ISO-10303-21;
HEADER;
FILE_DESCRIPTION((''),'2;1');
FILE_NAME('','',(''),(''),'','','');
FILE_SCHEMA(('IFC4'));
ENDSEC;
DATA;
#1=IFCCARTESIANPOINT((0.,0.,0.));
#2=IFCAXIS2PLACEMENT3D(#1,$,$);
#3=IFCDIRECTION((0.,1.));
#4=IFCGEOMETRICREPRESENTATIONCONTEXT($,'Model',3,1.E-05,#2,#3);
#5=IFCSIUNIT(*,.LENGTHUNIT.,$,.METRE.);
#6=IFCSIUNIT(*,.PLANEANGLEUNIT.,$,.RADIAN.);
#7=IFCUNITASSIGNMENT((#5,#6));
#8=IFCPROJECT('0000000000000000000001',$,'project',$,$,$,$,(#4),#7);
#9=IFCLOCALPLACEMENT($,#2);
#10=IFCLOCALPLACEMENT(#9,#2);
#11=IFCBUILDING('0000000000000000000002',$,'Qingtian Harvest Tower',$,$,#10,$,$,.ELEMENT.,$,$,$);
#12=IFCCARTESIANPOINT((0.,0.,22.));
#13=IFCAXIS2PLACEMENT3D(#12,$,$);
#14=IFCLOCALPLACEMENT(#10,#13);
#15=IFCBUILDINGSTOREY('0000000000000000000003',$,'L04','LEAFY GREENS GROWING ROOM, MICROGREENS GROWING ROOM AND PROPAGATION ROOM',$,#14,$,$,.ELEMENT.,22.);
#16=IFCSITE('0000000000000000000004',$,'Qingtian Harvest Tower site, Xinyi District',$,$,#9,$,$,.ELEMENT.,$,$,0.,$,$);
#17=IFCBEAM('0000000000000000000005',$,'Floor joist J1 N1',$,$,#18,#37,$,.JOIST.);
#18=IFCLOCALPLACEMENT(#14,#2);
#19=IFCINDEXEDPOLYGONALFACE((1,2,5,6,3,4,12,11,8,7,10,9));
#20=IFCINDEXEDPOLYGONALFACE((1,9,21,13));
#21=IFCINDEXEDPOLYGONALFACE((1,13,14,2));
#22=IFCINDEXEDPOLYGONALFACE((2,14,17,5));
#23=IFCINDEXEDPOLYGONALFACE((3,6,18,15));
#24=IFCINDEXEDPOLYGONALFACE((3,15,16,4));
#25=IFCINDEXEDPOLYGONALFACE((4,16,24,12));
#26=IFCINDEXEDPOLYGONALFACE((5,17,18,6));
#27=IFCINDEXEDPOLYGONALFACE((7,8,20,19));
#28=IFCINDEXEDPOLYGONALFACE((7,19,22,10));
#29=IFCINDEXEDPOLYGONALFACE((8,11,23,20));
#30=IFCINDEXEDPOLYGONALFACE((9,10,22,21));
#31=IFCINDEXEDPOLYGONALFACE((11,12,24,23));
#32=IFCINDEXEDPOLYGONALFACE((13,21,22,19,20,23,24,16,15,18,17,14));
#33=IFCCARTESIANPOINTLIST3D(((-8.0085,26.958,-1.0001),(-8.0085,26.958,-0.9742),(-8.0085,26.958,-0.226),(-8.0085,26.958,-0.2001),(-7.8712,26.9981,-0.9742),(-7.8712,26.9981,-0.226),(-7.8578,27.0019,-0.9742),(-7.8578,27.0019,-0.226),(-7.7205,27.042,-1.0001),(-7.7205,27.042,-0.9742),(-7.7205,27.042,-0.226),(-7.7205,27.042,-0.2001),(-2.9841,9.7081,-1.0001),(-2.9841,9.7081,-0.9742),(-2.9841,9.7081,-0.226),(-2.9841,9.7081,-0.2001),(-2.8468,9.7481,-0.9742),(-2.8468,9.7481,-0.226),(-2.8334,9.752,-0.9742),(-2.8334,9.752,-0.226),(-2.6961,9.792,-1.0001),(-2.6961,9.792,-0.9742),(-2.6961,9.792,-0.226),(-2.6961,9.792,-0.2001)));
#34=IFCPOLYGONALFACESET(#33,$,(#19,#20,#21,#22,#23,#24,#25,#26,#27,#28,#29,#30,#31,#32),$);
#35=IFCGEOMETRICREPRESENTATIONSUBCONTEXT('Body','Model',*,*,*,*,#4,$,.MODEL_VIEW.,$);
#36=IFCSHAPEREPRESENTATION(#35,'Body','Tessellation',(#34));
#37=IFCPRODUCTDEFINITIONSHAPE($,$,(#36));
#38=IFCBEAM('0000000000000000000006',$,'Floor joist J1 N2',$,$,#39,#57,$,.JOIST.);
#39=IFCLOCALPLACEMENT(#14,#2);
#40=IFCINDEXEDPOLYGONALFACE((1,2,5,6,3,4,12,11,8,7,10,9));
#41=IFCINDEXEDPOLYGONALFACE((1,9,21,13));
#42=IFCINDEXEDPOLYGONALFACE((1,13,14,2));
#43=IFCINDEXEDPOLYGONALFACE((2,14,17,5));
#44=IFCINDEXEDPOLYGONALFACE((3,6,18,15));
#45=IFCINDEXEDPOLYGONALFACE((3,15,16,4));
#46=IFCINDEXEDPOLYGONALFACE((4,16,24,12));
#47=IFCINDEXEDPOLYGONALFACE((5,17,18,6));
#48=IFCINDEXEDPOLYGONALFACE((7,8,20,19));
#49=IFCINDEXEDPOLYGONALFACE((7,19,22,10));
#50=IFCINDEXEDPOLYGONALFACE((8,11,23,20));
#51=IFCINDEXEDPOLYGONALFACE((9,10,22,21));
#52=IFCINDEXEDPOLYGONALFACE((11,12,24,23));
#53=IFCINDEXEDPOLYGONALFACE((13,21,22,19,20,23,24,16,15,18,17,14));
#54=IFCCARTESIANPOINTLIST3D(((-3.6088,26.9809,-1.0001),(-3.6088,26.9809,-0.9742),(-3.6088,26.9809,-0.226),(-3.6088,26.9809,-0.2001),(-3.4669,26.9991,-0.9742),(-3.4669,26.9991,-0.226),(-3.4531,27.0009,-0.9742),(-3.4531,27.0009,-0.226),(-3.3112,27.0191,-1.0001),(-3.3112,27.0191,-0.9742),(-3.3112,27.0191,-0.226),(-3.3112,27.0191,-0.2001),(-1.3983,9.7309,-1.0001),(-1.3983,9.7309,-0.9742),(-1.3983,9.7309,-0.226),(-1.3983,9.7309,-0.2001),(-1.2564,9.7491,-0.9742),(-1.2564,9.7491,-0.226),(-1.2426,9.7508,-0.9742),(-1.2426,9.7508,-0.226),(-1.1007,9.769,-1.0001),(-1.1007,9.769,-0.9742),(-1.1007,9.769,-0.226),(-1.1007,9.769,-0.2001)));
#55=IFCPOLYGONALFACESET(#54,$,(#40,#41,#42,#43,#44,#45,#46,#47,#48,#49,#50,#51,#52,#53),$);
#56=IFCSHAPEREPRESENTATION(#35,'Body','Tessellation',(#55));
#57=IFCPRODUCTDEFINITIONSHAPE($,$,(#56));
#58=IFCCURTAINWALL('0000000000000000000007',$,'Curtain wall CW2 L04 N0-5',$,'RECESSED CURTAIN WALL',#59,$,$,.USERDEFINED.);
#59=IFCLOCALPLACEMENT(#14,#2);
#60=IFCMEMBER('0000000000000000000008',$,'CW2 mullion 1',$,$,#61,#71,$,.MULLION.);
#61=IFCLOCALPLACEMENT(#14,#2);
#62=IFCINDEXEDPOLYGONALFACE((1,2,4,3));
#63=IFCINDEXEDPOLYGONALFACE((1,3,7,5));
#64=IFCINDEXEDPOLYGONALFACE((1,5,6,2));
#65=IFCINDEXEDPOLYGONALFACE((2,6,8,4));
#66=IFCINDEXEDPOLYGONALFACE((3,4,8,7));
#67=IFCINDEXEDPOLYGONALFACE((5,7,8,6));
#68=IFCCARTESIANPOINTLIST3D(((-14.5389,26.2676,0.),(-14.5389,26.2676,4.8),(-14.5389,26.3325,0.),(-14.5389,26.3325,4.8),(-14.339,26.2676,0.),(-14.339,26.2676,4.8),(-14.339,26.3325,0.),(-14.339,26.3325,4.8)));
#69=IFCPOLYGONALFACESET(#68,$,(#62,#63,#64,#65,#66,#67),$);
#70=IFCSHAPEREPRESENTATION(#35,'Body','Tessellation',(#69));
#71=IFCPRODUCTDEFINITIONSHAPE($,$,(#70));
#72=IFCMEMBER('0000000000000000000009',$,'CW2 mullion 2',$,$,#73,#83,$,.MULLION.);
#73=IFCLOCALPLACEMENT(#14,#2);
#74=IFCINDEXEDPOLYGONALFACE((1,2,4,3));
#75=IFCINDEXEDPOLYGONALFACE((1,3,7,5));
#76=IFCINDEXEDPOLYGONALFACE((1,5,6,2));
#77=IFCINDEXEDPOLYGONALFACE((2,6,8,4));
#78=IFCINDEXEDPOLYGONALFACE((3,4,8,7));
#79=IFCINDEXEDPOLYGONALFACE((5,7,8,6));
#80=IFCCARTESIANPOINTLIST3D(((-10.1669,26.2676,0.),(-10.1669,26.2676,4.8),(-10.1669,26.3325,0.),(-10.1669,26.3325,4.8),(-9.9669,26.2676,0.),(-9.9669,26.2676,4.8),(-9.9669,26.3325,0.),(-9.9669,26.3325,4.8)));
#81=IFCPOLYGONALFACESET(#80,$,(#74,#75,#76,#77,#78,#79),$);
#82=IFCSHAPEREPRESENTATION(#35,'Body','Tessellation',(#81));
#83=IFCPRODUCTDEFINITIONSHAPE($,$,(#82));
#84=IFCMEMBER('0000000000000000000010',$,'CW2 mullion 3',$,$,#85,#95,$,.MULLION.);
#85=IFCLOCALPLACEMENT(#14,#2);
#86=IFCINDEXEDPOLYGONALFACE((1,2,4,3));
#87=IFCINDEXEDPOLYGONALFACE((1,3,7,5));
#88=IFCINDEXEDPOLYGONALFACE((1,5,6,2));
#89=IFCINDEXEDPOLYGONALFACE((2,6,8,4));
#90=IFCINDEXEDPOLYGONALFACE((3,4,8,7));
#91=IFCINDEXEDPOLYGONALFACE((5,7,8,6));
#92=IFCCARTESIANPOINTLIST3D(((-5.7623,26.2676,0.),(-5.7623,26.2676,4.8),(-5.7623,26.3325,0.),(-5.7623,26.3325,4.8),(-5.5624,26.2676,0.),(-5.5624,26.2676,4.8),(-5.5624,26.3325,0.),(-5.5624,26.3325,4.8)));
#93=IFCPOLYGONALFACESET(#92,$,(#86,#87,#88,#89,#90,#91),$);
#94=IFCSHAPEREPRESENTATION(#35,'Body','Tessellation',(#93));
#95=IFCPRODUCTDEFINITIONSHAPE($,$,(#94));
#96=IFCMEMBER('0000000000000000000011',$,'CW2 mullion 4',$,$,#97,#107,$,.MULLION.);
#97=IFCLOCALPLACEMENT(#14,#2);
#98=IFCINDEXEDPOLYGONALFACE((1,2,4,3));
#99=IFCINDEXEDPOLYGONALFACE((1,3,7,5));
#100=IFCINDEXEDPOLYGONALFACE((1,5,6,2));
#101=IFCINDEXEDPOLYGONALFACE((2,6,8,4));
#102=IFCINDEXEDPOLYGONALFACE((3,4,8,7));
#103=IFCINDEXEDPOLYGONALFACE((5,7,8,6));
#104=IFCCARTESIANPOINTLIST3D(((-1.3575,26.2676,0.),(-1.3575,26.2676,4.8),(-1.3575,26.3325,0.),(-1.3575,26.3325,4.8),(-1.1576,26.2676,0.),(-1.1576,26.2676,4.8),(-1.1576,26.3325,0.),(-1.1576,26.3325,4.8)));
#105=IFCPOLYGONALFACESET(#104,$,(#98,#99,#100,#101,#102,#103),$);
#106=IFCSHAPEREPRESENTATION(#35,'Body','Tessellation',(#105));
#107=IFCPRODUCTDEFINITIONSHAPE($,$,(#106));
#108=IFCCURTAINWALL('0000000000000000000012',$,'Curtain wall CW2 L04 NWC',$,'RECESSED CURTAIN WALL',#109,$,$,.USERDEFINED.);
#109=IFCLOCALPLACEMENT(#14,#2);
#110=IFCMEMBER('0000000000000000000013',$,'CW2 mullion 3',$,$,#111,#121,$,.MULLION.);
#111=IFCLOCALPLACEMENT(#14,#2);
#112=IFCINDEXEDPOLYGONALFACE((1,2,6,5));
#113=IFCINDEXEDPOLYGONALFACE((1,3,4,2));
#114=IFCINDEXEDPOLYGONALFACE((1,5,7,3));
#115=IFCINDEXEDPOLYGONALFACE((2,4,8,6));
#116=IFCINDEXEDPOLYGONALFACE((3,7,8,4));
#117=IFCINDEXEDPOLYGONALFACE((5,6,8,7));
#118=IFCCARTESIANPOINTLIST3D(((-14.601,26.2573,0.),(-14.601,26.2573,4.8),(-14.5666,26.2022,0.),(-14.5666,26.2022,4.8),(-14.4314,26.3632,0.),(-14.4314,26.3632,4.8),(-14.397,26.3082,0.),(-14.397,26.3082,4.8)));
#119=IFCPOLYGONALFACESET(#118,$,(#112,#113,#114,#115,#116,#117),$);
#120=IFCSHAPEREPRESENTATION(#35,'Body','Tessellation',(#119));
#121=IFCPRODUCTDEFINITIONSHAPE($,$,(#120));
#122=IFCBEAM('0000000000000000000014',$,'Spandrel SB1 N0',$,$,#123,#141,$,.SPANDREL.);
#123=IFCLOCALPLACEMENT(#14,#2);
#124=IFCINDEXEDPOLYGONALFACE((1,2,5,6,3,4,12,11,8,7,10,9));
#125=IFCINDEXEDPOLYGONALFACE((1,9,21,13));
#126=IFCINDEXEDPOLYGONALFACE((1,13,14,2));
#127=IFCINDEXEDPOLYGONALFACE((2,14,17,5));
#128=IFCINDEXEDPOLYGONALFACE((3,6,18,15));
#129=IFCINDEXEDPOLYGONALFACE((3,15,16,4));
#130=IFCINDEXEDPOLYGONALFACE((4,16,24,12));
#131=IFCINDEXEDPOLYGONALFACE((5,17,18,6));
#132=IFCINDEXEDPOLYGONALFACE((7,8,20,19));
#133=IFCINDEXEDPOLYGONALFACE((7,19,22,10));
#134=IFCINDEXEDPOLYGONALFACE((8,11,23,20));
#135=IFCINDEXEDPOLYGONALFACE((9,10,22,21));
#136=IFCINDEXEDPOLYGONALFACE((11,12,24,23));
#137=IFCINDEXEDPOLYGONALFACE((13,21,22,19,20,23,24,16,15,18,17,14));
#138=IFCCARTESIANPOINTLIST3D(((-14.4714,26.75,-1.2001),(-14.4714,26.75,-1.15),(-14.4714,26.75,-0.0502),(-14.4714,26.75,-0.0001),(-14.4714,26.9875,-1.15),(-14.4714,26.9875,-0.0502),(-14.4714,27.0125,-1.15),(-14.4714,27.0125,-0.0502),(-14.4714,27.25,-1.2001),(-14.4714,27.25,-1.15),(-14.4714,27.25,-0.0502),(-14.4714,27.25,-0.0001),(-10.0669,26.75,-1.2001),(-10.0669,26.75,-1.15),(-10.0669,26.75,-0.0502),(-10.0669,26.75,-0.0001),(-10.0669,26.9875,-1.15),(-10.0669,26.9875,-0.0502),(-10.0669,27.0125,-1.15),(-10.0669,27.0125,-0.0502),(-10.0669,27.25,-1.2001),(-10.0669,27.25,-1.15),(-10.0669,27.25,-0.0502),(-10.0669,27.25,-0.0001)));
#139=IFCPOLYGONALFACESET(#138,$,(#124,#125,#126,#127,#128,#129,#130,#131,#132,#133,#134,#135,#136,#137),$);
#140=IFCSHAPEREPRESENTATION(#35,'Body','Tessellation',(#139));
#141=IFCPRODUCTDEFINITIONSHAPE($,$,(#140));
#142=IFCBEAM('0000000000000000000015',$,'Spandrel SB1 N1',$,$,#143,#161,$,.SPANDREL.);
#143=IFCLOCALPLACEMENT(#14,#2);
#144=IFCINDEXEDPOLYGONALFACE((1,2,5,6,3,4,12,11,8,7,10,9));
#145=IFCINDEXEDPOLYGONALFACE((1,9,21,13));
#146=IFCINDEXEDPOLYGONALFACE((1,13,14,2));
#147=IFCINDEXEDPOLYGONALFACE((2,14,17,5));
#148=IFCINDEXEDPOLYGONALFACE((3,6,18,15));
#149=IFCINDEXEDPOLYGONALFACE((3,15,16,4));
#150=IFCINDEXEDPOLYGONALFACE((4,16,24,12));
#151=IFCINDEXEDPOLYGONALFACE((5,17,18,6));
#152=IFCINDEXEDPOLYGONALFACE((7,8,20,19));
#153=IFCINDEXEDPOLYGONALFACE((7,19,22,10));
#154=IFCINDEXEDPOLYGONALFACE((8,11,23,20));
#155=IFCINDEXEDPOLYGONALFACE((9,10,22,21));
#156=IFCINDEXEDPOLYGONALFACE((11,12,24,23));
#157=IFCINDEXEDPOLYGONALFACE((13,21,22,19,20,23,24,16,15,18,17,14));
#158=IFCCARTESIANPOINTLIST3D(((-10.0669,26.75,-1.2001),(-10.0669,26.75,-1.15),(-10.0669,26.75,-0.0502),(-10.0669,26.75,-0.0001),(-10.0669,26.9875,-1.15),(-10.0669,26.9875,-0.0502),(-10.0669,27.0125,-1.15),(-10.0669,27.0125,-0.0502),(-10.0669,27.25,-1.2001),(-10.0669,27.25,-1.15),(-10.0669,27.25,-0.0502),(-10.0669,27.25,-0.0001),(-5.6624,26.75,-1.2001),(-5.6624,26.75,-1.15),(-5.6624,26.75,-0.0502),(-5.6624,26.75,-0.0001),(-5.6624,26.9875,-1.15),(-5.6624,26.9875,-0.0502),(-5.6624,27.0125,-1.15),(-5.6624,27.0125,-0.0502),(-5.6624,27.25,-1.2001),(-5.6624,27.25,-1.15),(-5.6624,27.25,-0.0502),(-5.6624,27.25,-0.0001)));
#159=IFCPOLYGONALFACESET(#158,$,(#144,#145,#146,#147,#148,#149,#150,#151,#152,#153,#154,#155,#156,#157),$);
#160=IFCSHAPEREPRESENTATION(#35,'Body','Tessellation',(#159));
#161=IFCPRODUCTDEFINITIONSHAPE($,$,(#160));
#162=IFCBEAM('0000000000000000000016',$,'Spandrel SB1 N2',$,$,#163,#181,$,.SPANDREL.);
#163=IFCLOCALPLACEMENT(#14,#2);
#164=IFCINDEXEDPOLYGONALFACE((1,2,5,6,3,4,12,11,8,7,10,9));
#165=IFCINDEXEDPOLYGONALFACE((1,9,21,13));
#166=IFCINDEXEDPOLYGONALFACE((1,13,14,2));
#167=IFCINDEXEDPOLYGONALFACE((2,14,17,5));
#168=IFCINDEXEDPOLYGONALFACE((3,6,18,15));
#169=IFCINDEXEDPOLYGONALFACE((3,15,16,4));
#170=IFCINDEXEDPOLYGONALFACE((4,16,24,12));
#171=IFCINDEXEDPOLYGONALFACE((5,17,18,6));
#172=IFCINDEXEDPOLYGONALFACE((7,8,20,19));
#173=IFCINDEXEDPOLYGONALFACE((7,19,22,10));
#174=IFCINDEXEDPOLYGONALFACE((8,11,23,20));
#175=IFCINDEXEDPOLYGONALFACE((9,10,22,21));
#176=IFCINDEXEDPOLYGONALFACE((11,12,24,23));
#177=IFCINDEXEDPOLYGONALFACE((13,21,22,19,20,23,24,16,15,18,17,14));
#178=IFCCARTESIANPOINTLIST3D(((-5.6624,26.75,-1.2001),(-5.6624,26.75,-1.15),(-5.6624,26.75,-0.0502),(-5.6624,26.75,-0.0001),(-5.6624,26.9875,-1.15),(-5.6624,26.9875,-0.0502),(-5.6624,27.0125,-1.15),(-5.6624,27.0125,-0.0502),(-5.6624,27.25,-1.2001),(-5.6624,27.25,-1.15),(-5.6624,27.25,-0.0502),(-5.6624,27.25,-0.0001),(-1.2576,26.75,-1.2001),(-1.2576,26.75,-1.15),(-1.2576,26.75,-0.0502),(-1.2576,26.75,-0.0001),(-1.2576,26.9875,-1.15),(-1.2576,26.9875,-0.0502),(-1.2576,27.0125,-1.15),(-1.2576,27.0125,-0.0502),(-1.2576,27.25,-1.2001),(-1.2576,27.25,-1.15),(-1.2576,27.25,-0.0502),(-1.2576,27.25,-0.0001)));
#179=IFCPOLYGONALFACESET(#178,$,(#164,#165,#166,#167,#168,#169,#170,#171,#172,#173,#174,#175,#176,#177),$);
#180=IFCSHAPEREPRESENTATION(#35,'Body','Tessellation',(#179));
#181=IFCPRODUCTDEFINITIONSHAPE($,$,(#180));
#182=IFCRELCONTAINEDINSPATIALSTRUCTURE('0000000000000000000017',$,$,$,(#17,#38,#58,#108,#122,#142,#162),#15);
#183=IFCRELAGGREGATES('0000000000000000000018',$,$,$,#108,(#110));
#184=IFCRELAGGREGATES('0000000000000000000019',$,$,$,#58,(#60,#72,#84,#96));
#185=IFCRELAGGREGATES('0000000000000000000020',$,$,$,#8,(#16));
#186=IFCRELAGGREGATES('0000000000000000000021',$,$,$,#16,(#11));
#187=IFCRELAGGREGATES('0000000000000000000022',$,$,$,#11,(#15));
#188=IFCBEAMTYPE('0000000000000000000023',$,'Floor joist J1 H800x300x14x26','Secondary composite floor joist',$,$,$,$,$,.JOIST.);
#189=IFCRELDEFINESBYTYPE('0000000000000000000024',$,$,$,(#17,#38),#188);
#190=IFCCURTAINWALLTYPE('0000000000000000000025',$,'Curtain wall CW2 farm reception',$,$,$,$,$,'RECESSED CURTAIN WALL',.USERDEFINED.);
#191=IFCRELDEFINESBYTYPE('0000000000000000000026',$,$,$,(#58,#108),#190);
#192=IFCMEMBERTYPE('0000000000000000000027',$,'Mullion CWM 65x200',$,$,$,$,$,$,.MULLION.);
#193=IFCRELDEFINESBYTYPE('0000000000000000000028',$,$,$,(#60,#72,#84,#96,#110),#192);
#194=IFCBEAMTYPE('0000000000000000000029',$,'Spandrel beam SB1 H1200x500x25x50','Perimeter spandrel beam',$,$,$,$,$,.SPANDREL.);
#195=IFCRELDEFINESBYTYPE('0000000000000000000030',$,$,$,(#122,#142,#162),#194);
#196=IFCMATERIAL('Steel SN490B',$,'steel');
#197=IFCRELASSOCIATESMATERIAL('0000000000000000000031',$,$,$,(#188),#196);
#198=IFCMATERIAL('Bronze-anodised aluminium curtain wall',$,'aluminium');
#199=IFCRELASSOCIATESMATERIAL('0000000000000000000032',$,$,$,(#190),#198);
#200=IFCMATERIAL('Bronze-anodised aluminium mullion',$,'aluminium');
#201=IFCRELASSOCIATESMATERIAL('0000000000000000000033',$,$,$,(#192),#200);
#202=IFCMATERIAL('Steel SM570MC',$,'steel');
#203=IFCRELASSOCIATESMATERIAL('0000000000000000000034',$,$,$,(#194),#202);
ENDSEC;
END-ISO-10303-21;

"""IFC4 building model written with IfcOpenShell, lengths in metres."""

from ifc_helpers import new_model, si_unit, direction, frame, origin, origin_2d, place, context, subcontext, project, spatial, rectangle, i_section, extrude, material, material_profile, profile_set, type_object, element, aggregate, save


model = new_model("IFC4")

# Units and contexts
model_context = context("Model", 3, precision=1e-05, world=origin(), true_north=direction((0.0, 1.0)))
body_context = subcontext(model_context, "Body", "Model", "MODEL_VIEW")
ifc_project = project(units=[si_unit("LENGTHUNIT", "METRE"), si_unit("PLANEANGLEUNIT", "RADIAN")], contexts=[model_context])

# Site, building, storey
site_placement = place(None, origin())
site = spatial("IfcSite", under=ifc_project, at=site_placement, Name="Qingtian Harvest Tower site, Xinyi District", CompositionType="ELEMENT", RefElevation=0.0)
building_placement = place(site_placement, origin())
building = spatial("IfcBuilding", under=site, at=building_placement, Name="Qingtian Harvest Tower", CompositionType="ELEMENT")
storey_placement = place(building_placement, frame((0.0, 0.0, 22.0)))
storey = spatial("IfcBuildingStorey", under=building, at=storey_placement, Name="L04", Description="LEAFY GREENS GROWING ROOM, MICROGREENS GROWING ROOM AND PROPAGATION ROOM", CompositionType="ELEMENT", Elevation=22.0)

# Beams
ifc_material_1 = material(Name="Steel SN490B", Category="steel")
ifc_material_profile_1 = material_profile(ifc_material_1, i_section(OverallWidth=0.3, OverallDepth=0.8, WebThickness=0.0139, FlangeThickness=0.0259, at=origin_2d()), Name="H800x300x14x26")
ifc_profile_set_1 = profile_set([ifc_material_profile_1], Name="Steel SN490B")
beam_type_1 = type_object("IfcBeamType", Name="Floor joist J1 H800x300x14x26", Description="Secondary composite floor joist", PredefinedType="JOIST", material=ifc_profile_set_1)
beam_1_placement = place(storey_placement, frame((-7.8645, 27.0, -0.6001), z_axis=(0.279649, -0.960102, 0.0), x_axis=(0.960102, 0.279649, 0.0)))
element("IfcBeam", 1, at=beam_1_placement, inside=storey, type_object=beam_type_1, Name="Floor joist J1 N1", PredefinedType="JOIST", context=body_context, shape_type="SweptSolid", body=[
    extrude(i_section(OverallWidth=0.3, OverallDepth=0.8, WebThickness=0.0139, FlangeThickness=0.0259, at=origin_2d()), origin(), (0.0, 0.0, 1.0), 17.9668),
])
beam_2_placement = place(storey_placement, frame((-3.46, 27.0, -0.6001), z_axis=(0.127103, -0.99189, 0.0), x_axis=(0.99189, 0.127103, 0.0)))
element("IfcBeam", 2, at=beam_2_placement, inside=storey, type_object=beam_type_1, Name="Floor joist J1 N2", PredefinedType="JOIST", context=body_context, shape_type="SweptSolid", body=[
    extrude(i_section(OverallWidth=0.3, OverallDepth=0.8, WebThickness=0.0139, FlangeThickness=0.0259, at=origin_2d()), origin(), (0.0, 0.0, 1.0), 17.3911),
])

# Curtain wall, members
ifc_material_2 = material(Name="Bronze-anodised aluminium curtain wall", Category="aluminium")
curtain_wall_type = type_object("IfcCurtainWallType", Name="Curtain wall CW2 farm reception", ElementType="RECESSED CURTAIN WALL", PredefinedType="USERDEFINED", material=ifc_material_2)
curtain_wall_1_placement = place(storey_placement, origin())
curtain_wall_1 = element("IfcCurtainWall", 3, at=curtain_wall_1_placement, inside=storey, type_object=curtain_wall_type, Name="Curtain wall CW2 L04 N0-5", ObjectType="RECESSED CURTAIN WALL", PredefinedType="USERDEFINED")
ifc_material_3 = material(Name="Bronze-anodised aluminium mullion", Category="aluminium")
ifc_material_profile_2 = material_profile(ifc_material_3, rectangle(XDim=0.0649, YDim=0.2, at=origin_2d()), Name="AL 65x200")
ifc_profile_set_2 = profile_set([ifc_material_profile_2], Name="Bronze-anodised aluminium mullion")
member_type_1 = type_object("IfcMemberType", Name="Mullion CWM 65x200", PredefinedType="MULLION", material=ifc_profile_set_2)
member_1_placement = place(storey_placement, frame((-14.439, 26.3, 0.0), z_axis=(0.0, 0.0, 1.0), x_axis=(0.0, 1.0, 0.0)))
member_1 = element("IfcMember", 4, at=member_1_placement, type_object=member_type_1, Name="CW2 mullion 1", PredefinedType="MULLION", context=body_context, shape_type="SweptSolid", body=[
    extrude(rectangle(XDim=0.0649, YDim=0.2, at=origin_2d()), origin(), (0.0, 0.0, 1.0), 4.8),
])
member_2_placement = place(storey_placement, frame((-10.0669, 26.3, 0.0), z_axis=(0.0, 0.0, 1.0), x_axis=(0.0, 1.0, 0.0)))
member_2 = element("IfcMember", 5, at=member_2_placement, type_object=member_type_1, Name="CW2 mullion 2", PredefinedType="MULLION", context=body_context, shape_type="SweptSolid", body=[
    extrude(rectangle(XDim=0.0649, YDim=0.2, at=origin_2d()), origin(), (0.0, 0.0, 1.0), 4.8),
])
member_3_placement = place(storey_placement, frame((-5.6624, 26.3, 0.0), z_axis=(0.0, 0.0, 1.0), x_axis=(0.0, 1.0, 0.0)))
member_3 = element("IfcMember", 6, at=member_3_placement, type_object=member_type_1, Name="CW2 mullion 3", PredefinedType="MULLION", context=body_context, shape_type="SweptSolid", body=[
    extrude(rectangle(XDim=0.0649, YDim=0.2, at=origin_2d()), origin(), (0.0, 0.0, 1.0), 4.8),
])
member_4_placement = place(storey_placement, frame((-1.2576, 26.3, 0.0), z_axis=(0.0, 0.0, 1.0), x_axis=(0.0, 1.0, 0.0)))
member_4 = element("IfcMember", 7, at=member_4_placement, type_object=member_type_1, Name="CW2 mullion 4", PredefinedType="MULLION", context=body_context, shape_type="SweptSolid", body=[
    extrude(rectangle(XDim=0.0649, YDim=0.2, at=origin_2d()), origin(), (0.0, 0.0, 1.0), 4.8),
])

# Curtain wall, member
curtain_wall_2_placement = place(storey_placement, origin())
curtain_wall_2 = element("IfcCurtainWall", 8, at=curtain_wall_2_placement, inside=storey, type_object=curtain_wall_type, Name="Curtain wall CW2 L04 NWC", ObjectType="RECESSED CURTAIN WALL", PredefinedType="USERDEFINED")
member_5_placement = place(storey_placement, frame((-14.499, 26.2827, 0.0), z_axis=(0.0, 0.0, 1.0), x_axis=(-0.529919, 0.848048, 0.0)))
member_5 = element("IfcMember", 9, at=member_5_placement, type_object=member_type_1, Name="CW2 mullion 3", PredefinedType="MULLION", context=body_context, shape_type="SweptSolid", body=[
    extrude(rectangle(XDim=0.0649, YDim=0.2, at=origin_2d()), origin(), (0.0, 0.0, 1.0), 4.8),
])
aggregate(curtain_wall_2, [member_5])

# Beams
ifc_material_4 = material(Name="Steel SM570MC", Category="steel")
ifc_material_profile_3 = material_profile(ifc_material_4, i_section(OverallWidth=0.5, OverallDepth=1.2, WebThickness=0.0249, FlangeThickness=0.05, at=origin_2d()), Name="H1200x500x25x50")
ifc_profile_set_3 = profile_set([ifc_material_profile_3], Name="Steel SM570MC")
beam_type_2 = type_object("IfcBeamType", Name="Spandrel beam SB1 H1200x500x25x50", Description="Perimeter spandrel beam", PredefinedType="SPANDREL", material=ifc_profile_set_3)
for number, where, z_axis, x_axis, name in (
    (10, (-14.4714, 27.0, -0.6001), (1.0, 0.0, 0.0), (0.0, 1.0, 0.0), "Spandrel SB1 N0"),
    (11, (-10.0669, 27.0, -0.6001), (1.0, 0.0, 0.0), (0.0, 1.0, 0.0), "Spandrel SB1 N1"),
):
    element("IfcBeam", number, at=place(storey_placement, frame(where, z_axis=z_axis, x_axis=x_axis)), inside=storey, type_object=beam_type_2, Name=name, PredefinedType="SPANDREL", context=body_context, shape_type="SweptSolid", body=[
        extrude(i_section(OverallWidth=0.5, OverallDepth=1.2, WebThickness=0.0249, FlangeThickness=0.05, at=origin_2d()), origin(), (0.0, 0.0, 1.0), 4.4045),
    ])
beam_3_placement = place(storey_placement, frame((-5.6624, 27.0, -0.6001), z_axis=(1.0, 0.0, 0.0), x_axis=(0.0, 1.0, 0.0)))
element("IfcBeam", 12, at=beam_3_placement, inside=storey, type_object=beam_type_2, Name="Spandrel SB1 N2", PredefinedType="SPANDREL", context=body_context, shape_type="SweptSolid", body=[
    extrude(i_section(OverallWidth=0.5, OverallDepth=1.2, WebThickness=0.0249, FlangeThickness=0.05, at=origin_2d()), origin(), (0.0, 0.0, 1.0), 4.4048),
])

aggregate(curtain_wall_1, [member_1, member_2, member_3, member_4])

save(model, "model.ifc")
